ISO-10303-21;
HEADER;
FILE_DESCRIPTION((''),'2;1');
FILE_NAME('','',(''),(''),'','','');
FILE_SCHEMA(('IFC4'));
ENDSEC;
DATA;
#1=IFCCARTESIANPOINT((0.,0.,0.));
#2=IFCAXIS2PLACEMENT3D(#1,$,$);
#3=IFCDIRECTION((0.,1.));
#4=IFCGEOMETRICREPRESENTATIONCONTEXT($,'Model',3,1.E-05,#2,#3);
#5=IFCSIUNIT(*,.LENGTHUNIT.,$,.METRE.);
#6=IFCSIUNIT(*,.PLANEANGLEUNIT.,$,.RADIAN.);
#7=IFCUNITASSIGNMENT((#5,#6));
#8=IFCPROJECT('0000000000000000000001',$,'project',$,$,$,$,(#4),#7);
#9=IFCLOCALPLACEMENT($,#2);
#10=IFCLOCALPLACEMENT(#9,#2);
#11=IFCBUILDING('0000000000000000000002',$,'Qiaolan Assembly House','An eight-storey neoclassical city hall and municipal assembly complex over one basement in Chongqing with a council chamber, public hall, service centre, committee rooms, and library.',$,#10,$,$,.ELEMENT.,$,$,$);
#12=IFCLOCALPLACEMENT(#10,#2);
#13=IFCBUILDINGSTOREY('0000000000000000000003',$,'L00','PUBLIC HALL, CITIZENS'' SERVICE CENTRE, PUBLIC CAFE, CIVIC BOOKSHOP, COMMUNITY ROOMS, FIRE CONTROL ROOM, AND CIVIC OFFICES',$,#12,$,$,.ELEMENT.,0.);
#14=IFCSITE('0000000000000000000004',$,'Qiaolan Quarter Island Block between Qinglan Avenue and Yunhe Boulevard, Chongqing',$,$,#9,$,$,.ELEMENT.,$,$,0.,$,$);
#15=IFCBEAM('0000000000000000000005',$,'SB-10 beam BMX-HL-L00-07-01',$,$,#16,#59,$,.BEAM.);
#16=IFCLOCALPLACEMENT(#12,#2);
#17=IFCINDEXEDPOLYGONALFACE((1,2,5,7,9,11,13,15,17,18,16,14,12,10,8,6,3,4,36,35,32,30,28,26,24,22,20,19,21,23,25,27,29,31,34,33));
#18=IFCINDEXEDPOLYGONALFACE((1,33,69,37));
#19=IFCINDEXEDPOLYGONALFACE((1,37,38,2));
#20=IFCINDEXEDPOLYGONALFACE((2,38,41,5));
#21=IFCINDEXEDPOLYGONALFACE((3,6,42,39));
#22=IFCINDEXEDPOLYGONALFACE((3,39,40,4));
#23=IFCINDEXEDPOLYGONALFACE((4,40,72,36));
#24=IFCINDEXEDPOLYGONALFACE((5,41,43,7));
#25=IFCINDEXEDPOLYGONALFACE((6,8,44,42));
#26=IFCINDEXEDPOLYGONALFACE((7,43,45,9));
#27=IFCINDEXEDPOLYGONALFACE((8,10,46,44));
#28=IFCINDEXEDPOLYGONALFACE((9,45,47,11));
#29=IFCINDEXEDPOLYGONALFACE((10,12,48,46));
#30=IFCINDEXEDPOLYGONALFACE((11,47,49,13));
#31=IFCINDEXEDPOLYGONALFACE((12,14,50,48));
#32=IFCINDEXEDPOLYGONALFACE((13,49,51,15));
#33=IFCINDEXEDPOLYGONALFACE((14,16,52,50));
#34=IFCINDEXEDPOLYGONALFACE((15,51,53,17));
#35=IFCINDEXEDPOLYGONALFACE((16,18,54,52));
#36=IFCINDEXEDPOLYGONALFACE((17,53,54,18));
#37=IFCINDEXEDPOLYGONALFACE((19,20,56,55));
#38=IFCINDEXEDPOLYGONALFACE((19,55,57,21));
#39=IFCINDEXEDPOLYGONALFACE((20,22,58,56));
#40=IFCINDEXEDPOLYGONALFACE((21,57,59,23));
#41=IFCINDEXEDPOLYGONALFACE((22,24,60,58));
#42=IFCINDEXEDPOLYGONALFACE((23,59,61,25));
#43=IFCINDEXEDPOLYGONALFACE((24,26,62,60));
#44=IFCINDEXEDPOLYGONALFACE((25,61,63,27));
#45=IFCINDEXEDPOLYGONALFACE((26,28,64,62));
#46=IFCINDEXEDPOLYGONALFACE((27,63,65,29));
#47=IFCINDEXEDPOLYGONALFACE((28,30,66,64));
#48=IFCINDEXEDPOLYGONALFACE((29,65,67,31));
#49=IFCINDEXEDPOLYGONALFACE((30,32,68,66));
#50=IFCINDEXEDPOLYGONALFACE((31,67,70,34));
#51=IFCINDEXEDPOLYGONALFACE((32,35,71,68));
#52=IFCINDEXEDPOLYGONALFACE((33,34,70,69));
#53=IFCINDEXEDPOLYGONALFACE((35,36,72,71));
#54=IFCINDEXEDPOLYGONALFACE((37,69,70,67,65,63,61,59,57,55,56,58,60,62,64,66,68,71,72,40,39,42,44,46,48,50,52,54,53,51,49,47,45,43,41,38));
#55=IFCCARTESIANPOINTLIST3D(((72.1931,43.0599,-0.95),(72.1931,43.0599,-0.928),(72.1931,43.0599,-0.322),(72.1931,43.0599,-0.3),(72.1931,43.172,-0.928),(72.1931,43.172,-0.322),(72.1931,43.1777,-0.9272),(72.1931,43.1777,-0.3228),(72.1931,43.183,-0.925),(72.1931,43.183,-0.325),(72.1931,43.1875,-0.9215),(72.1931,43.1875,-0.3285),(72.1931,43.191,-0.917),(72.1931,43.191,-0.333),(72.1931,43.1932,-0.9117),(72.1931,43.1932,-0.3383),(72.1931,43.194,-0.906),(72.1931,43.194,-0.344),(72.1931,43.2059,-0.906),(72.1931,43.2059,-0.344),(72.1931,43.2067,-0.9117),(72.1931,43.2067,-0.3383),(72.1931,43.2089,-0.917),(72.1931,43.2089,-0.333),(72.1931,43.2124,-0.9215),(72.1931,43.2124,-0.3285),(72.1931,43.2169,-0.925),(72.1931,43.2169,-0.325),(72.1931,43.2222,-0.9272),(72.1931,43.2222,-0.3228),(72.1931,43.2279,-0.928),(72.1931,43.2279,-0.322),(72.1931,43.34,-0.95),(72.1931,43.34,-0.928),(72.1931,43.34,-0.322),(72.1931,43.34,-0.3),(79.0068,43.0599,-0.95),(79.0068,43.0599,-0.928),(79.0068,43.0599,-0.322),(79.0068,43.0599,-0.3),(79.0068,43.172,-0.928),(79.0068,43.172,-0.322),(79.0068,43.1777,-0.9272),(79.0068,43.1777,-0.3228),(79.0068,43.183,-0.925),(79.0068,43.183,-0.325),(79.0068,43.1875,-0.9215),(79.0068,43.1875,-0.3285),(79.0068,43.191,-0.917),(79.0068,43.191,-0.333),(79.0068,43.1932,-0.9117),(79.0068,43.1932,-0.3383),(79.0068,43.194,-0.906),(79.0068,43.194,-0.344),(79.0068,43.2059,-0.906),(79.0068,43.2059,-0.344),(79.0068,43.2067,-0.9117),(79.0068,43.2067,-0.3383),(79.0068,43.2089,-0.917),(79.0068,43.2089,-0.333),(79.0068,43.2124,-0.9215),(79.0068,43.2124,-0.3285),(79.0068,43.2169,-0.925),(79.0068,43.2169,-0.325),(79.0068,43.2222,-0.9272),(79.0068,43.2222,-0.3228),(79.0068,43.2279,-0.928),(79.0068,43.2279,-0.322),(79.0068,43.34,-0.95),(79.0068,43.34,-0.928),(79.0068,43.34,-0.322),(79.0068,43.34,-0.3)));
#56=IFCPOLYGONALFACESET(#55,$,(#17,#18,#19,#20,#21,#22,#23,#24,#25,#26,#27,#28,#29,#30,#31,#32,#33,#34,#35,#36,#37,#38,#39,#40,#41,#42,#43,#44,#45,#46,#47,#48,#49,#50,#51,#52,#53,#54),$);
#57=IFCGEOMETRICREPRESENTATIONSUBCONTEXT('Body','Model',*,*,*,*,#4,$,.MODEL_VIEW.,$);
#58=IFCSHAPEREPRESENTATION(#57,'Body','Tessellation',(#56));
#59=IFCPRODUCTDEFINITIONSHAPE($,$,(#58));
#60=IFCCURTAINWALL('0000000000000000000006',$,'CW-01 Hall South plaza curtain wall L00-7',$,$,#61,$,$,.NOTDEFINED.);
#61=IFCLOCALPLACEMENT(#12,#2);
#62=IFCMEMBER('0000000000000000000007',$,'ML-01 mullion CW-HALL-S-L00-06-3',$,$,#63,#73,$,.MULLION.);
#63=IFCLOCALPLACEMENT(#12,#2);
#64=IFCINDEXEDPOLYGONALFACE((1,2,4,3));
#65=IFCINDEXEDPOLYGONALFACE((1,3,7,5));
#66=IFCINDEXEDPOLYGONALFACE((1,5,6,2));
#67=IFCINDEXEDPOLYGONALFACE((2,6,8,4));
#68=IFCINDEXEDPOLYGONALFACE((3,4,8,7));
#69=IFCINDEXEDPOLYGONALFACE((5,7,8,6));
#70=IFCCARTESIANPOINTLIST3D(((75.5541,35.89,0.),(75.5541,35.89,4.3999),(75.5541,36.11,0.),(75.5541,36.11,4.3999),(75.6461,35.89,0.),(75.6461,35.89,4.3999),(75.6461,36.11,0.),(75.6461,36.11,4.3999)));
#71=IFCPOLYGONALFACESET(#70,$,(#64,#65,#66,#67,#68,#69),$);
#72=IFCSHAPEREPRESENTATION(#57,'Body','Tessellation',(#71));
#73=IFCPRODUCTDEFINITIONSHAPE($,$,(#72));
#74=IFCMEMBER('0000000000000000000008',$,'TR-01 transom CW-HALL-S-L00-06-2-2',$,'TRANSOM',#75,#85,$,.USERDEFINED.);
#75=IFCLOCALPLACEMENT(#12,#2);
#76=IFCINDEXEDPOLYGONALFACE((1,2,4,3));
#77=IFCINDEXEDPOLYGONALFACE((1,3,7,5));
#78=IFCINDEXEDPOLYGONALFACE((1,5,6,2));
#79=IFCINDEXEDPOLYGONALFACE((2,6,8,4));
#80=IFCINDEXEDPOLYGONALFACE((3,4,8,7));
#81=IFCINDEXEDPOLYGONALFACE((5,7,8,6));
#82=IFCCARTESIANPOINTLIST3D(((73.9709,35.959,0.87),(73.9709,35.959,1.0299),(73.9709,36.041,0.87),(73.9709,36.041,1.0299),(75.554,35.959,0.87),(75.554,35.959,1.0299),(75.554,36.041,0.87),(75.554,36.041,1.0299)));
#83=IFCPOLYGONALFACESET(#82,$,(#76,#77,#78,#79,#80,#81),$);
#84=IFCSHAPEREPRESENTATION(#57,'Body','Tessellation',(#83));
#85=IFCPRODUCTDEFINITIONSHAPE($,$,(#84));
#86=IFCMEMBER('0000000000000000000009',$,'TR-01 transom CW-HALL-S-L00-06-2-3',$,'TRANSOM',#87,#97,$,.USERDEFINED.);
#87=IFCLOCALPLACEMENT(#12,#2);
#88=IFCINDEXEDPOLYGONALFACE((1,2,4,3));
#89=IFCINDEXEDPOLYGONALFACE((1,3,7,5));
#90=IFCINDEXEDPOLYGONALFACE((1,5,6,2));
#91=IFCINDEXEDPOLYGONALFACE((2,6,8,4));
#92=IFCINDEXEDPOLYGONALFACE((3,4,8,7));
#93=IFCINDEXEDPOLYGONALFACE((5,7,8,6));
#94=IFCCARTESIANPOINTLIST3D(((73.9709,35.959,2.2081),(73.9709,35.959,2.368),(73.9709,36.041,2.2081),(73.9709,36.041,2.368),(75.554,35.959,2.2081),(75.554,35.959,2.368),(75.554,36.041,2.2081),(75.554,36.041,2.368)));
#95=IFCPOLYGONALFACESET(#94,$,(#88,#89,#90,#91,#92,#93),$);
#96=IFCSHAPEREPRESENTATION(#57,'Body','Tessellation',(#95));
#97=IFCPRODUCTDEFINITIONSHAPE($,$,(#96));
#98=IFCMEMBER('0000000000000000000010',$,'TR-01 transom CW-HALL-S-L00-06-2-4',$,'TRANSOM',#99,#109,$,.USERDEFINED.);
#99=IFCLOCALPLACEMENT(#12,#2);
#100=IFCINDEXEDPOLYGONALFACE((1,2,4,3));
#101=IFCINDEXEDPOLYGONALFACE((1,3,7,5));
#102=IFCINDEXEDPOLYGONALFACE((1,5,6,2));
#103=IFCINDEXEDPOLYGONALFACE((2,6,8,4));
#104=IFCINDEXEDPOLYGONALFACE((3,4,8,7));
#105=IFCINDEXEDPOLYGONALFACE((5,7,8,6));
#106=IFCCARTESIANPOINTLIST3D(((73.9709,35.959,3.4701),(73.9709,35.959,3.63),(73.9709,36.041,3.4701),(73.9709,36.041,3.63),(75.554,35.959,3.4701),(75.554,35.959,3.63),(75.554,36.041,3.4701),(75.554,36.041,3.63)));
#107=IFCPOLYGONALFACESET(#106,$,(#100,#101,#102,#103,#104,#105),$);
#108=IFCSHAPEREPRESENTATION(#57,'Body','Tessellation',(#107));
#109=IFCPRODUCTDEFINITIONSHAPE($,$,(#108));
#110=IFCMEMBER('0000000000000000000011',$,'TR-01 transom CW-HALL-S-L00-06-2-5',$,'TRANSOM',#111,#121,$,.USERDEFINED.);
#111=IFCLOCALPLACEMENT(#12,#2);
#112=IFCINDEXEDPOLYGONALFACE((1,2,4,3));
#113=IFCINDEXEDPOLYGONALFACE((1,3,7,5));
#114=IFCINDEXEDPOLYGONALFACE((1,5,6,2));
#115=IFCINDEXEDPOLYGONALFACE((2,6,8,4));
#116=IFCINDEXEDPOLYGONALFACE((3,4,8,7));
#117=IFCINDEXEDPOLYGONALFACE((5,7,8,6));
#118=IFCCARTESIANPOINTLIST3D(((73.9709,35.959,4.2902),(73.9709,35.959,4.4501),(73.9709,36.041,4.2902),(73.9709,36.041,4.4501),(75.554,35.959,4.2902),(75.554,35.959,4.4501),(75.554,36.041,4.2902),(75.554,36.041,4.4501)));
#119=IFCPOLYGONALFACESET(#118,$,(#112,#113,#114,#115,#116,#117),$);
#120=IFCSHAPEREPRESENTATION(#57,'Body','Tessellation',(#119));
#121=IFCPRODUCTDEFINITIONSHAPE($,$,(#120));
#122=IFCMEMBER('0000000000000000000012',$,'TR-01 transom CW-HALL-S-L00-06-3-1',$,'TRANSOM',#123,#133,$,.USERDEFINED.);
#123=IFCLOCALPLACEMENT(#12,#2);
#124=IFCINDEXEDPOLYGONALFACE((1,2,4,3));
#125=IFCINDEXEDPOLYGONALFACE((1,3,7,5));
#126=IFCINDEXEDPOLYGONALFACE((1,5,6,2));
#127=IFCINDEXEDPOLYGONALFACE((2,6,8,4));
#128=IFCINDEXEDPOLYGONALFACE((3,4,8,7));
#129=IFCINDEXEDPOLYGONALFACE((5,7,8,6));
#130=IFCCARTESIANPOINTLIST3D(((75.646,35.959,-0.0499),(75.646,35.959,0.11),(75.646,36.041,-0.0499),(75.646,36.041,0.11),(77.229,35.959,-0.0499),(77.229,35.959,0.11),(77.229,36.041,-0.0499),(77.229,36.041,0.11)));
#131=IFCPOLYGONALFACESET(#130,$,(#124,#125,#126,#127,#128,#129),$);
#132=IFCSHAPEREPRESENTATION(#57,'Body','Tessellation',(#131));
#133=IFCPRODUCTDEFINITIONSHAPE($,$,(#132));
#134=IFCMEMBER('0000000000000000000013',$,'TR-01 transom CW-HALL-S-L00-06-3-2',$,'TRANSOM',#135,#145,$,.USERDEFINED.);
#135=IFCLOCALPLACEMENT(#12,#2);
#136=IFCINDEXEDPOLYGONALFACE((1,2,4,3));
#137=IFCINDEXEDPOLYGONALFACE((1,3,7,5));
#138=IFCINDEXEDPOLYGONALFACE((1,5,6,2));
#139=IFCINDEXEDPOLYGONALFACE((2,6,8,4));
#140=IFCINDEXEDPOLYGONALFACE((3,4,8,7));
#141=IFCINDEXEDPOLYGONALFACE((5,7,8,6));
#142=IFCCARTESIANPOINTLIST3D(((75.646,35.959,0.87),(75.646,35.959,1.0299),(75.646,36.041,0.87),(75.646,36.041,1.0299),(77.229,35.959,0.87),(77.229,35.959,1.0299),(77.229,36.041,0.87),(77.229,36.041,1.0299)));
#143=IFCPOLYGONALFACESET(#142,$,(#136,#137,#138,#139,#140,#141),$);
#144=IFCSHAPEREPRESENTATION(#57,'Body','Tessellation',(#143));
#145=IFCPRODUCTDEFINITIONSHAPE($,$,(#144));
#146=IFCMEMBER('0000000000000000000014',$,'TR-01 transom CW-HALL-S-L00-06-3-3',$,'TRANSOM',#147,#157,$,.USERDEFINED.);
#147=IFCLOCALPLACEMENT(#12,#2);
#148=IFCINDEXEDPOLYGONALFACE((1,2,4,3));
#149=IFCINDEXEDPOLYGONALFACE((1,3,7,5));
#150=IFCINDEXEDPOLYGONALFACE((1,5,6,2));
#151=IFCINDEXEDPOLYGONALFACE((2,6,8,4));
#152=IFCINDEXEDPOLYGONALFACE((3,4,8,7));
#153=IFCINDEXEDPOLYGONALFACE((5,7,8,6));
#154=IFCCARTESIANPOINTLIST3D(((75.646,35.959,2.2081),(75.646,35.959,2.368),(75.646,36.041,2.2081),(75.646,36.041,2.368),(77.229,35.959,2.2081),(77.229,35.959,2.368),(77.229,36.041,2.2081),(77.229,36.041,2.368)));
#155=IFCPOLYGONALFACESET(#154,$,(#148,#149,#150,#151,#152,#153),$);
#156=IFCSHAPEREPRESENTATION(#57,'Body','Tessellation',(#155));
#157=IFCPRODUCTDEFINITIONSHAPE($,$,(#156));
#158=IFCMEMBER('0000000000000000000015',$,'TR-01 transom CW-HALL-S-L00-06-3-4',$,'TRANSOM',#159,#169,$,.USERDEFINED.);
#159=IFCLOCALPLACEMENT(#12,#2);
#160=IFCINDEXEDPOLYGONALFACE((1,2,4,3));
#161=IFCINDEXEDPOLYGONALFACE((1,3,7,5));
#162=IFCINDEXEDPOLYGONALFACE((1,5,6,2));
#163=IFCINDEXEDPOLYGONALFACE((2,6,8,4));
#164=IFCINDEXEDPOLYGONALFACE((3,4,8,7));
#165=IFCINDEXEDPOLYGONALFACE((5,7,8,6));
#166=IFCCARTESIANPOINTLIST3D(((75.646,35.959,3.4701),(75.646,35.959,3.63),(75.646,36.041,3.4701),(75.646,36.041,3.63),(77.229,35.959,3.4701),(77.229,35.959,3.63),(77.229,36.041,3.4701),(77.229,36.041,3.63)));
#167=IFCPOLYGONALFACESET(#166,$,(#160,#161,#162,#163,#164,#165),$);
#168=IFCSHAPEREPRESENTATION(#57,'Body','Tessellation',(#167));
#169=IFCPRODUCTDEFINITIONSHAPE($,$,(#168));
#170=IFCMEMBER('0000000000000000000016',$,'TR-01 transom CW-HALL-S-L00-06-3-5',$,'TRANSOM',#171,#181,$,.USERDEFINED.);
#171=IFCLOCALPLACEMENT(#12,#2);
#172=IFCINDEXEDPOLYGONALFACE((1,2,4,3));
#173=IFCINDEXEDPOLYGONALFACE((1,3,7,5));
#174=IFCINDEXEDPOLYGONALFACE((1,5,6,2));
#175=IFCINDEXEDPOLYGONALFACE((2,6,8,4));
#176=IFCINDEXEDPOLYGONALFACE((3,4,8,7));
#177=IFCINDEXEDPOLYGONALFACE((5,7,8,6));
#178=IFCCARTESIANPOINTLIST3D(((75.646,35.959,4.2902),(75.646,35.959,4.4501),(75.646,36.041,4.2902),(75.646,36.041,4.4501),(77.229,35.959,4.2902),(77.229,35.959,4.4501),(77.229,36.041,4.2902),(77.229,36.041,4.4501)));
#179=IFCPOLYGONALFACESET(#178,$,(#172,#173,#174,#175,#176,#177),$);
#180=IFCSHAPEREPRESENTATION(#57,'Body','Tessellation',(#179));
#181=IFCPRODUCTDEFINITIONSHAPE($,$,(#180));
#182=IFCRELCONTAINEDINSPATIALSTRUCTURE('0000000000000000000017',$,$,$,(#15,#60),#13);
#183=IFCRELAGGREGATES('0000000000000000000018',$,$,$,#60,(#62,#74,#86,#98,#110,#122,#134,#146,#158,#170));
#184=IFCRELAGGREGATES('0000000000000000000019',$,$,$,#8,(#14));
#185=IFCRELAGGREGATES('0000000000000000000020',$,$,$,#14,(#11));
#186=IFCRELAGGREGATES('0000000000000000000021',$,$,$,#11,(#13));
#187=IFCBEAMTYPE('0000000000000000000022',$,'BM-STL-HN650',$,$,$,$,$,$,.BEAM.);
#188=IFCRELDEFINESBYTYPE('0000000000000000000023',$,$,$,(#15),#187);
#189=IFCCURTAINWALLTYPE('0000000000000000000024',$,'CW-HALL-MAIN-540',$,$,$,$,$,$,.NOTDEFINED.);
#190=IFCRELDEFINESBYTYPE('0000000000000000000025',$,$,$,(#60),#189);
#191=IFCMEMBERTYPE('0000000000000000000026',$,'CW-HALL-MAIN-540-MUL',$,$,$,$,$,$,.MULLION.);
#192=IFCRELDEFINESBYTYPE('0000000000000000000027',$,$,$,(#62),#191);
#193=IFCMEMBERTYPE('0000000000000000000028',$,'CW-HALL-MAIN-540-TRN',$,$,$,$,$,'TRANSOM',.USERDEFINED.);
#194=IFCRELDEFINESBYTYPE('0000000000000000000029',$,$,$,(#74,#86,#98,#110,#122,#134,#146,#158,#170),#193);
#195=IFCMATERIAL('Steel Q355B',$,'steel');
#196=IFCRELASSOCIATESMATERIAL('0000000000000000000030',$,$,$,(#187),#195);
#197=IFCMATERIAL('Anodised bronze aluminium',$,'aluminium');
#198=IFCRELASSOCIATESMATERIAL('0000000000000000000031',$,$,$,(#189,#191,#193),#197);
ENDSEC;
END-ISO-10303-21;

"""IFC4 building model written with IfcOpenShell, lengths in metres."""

from ifc_helpers import new_model, si_unit, direction, frame, origin, origin_2d, place, context, subcontext, project, spatial, rectangle, i_section, extrude, material, material_profile, profile_set, type_object, element, aggregate, save


model = new_model("IFC4")

# Units and contexts
model_context = context("Model", 3, precision=1e-05, world=origin(), true_north=direction((0.0, 1.0)))
body_context = subcontext(model_context, "Body", "Model", "MODEL_VIEW")
ifc_project = project(units=[si_unit("LENGTHUNIT", "METRE"), si_unit("PLANEANGLEUNIT", "RADIAN")], contexts=[model_context])

# Site, building, storey
site_placement = place(None, origin())
site = spatial("IfcSite", under=ifc_project, at=site_placement, Name="Qiaolan Quarter Island Block between Qinglan Avenue and Yunhe Boulevard, Chongqing", CompositionType="ELEMENT", RefElevation=0.0)
building_placement = place(site_placement, origin())
building = spatial("IfcBuilding", under=site, at=building_placement, Name="Qiaolan Assembly House", Description="An eight-storey neoclassical city hall and municipal assembly complex over one basement in Chongqing with a council chamber, public hall, service centre, committee rooms, and library.", CompositionType="ELEMENT")
storey_placement = place(building_placement, origin())
storey = spatial("IfcBuildingStorey", under=building, at=storey_placement, Name="L00", Description="PUBLIC HALL, CITIZENS' SERVICE CENTRE, PUBLIC CAFE, CIVIC BOOKSHOP, COMMUNITY ROOMS, FIRE CONTROL ROOM, AND CIVIC OFFICES", CompositionType="ELEMENT", Elevation=0.0)

# Shared definitions
ifc_material_1 = material(Name="Steel Q355B", Category="steel")

# Beam
ifc_material_profile_1 = material_profile(ifc_material_1, i_section(OverallWidth=0.28, OverallDepth=0.6499, WebThickness=0.012, FlangeThickness=0.022, FilletRadius=0.022, at=origin_2d()), Name="HN 650x280x12x22")
ifc_profile_set_1 = profile_set([ifc_material_profile_1], Name="Steel Q355B")
beam_type_1 = type_object("IfcBeamType", Name="BM-STL-HN650", PredefinedType="BEAM", material=ifc_profile_set_1)
beam_1_placement = place(storey_placement, frame((72.1931, 43.2, -0.625), z_axis=(1.0, 0.0, 0.0), x_axis=(0.0, 1.0, 0.0)))
element("IfcBeam", 1, at=beam_1_placement, inside=storey, type_object=beam_type_1, Name="SB-10 beam BMX-HL-L00-07-01", PredefinedType="BEAM", context=body_context, shape_type="SweptSolid", body=[
    extrude(i_section(OverallWidth=0.28, OverallDepth=0.6499, WebThickness=0.012, FlangeThickness=0.022, FilletRadius=0.022, at=origin_2d()), origin(), (0.0, 0.0, 1.0), 6.8137),
])

# Curtain wall, members
ifc_material_2 = material(Name="Anodised bronze aluminium", Category="aluminium")
curtain_wall_type = type_object("IfcCurtainWallType", Name="CW-HALL-MAIN-540", PredefinedType="NOTDEFINED", material=ifc_material_2)
curtain_wall_placement = place(storey_placement, origin())
curtain_wall = element("IfcCurtainWall", 2, at=curtain_wall_placement, inside=storey, type_object=curtain_wall_type, Name="CW-01 Hall South plaza curtain wall L00-7", PredefinedType="NOTDEFINED")
ifc_material_profile_2 = material_profile(ifc_material_2, rectangle(XDim=0.092, YDim=0.22, at=origin_2d()), Name="MUL 92x220")
ifc_profile_set_2 = profile_set([ifc_material_profile_2], Name="Anodised bronze aluminium")
member_type_1 = type_object("IfcMemberType", Name="CW-HALL-MAIN-540-MUL", PredefinedType="MULLION", material=ifc_profile_set_2)
member_1_placement = place(storey_placement, frame((75.6001, 36.0, 0.0), z_axis=(0.0, 0.0, 1.0), x_axis=(1.0, 0.0, 0.0)))
member_1 = element("IfcMember", 3, at=member_1_placement, type_object=member_type_1, Name="ML-01 mullion CW-HALL-S-L00-06-3", PredefinedType="MULLION", context=body_context, shape_type="SweptSolid", body=[
    extrude(rectangle(XDim=0.092, YDim=0.22, at=origin_2d()), origin(), (0.0, 0.0, 1.0), 4.3999),
])
ifc_material_profile_3 = material_profile(ifc_material_2, rectangle(XDim=0.082, YDim=0.1599, at=origin_2d()), Name="TRN 82x160")
ifc_profile_set_3 = profile_set([ifc_material_profile_3], Name="Anodised bronze aluminium")
member_type_2 = type_object("IfcMemberType", Name="CW-HALL-MAIN-540-TRN", ElementType="TRANSOM", PredefinedType="USERDEFINED", material=ifc_profile_set_3)
member_2_placement = place(storey_placement, frame((73.9709, 36.0, 0.95), z_axis=(1.0, 0.0, 0.0), x_axis=(0.0, 1.0, 0.0)))
member_2 = element("IfcMember", 4, at=member_2_placement, type_object=member_type_2, Name="TR-01 transom CW-HALL-S-L00-06-2-2", ObjectType="TRANSOM", PredefinedType="USERDEFINED", context=body_context, shape_type="SweptSolid", body=[
    extrude(rectangle(XDim=0.082, YDim=0.1599, at=origin_2d()), origin(), (0.0, 0.0, 1.0), 1.583),
])
member_3_placement = place(storey_placement, frame((73.9709, 36.0, 2.2881), z_axis=(1.0, 0.0, 0.0), x_axis=(0.0, 1.0, 0.0)))
member_3 = element("IfcMember", 5, at=member_3_placement, type_object=member_type_2, Name="TR-01 transom CW-HALL-S-L00-06-2-3", ObjectType="TRANSOM", PredefinedType="USERDEFINED", context=body_context, shape_type="SweptSolid", body=[
    extrude(rectangle(XDim=0.082, YDim=0.1599, at=origin_2d()), origin(), (0.0, 0.0, 1.0), 1.583),
])
member_4_placement = place(storey_placement, frame((73.9709, 36.0, 3.55), z_axis=(1.0, 0.0, 0.0), x_axis=(0.0, 1.0, 0.0)))
member_4 = element("IfcMember", 6, at=member_4_placement, type_object=member_type_2, Name="TR-01 transom CW-HALL-S-L00-06-2-4", ObjectType="TRANSOM", PredefinedType="USERDEFINED", context=body_context, shape_type="SweptSolid", body=[
    extrude(rectangle(XDim=0.082, YDim=0.1599, at=origin_2d()), origin(), (0.0, 0.0, 1.0), 1.583),
])
member_5_placement = place(storey_placement, frame((73.9709, 36.0, 4.3701), z_axis=(1.0, 0.0, 0.0), x_axis=(0.0, 1.0, 0.0)))
member_5 = element("IfcMember", 7, at=member_5_placement, type_object=member_type_2, Name="TR-01 transom CW-HALL-S-L00-06-2-5", ObjectType="TRANSOM", PredefinedType="USERDEFINED", context=body_context, shape_type="SweptSolid", body=[
    extrude(rectangle(XDim=0.082, YDim=0.1599, at=origin_2d()), origin(), (0.0, 0.0, 1.0), 1.583),
])
member_6_placement = place(storey_placement, frame((75.646, 36.0, 0.03), z_axis=(1.0, 0.0, 0.0), x_axis=(0.0, 1.0, 0.0)))
member_6 = element("IfcMember", 8, at=member_6_placement, type_object=member_type_2, Name="TR-01 transom CW-HALL-S-L00-06-3-1", ObjectType="TRANSOM", PredefinedType="USERDEFINED", context=body_context, shape_type="SweptSolid", body=[
    extrude(rectangle(XDim=0.082, YDim=0.1599, at=origin_2d()), origin(), (0.0, 0.0, 1.0), 1.583),
])
member_7_placement = place(storey_placement, frame((75.646, 36.0, 0.95), z_axis=(1.0, 0.0, 0.0), x_axis=(0.0, 1.0, 0.0)))
member_7 = element("IfcMember", 9, at=member_7_placement, type_object=member_type_2, Name="TR-01 transom CW-HALL-S-L00-06-3-2", ObjectType="TRANSOM", PredefinedType="USERDEFINED", context=body_context, shape_type="SweptSolid", body=[
    extrude(rectangle(XDim=0.082, YDim=0.1599, at=origin_2d()), origin(), (0.0, 0.0, 1.0), 1.583),
])
member_8_placement = place(storey_placement, frame((75.646, 36.0, 2.2881), z_axis=(1.0, 0.0, 0.0), x_axis=(0.0, 1.0, 0.0)))
member_8 = element("IfcMember", 10, at=member_8_placement, type_object=member_type_2, Name="TR-01 transom CW-HALL-S-L00-06-3-3", ObjectType="TRANSOM", PredefinedType="USERDEFINED", context=body_context, shape_type="SweptSolid", body=[
    extrude(rectangle(XDim=0.082, YDim=0.1599, at=origin_2d()), origin(), (0.0, 0.0, 1.0), 1.583),
])
member_9_placement = place(storey_placement, frame((75.646, 36.0, 3.55), z_axis=(1.0, 0.0, 0.0), x_axis=(0.0, 1.0, 0.0)))
member_9 = element("IfcMember", 11, at=member_9_placement, type_object=member_type_2, Name="TR-01 transom CW-HALL-S-L00-06-3-4", ObjectType="TRANSOM", PredefinedType="USERDEFINED", context=body_context, shape_type="SweptSolid", body=[
    extrude(rectangle(XDim=0.082, YDim=0.1599, at=origin_2d()), origin(), (0.0, 0.0, 1.0), 1.583),
])
member_10_placement = place(storey_placement, frame((75.646, 36.0, 4.3701), z_axis=(1.0, 0.0, 0.0), x_axis=(0.0, 1.0, 0.0)))
member_10 = element("IfcMember", 12, at=member_10_placement, type_object=member_type_2, Name="TR-01 transom CW-HALL-S-L00-06-3-5", ObjectType="TRANSOM", PredefinedType="USERDEFINED", context=body_context, shape_type="SweptSolid", body=[
    extrude(rectangle(XDim=0.082, YDim=0.1599, at=origin_2d()), origin(), (0.0, 0.0, 1.0), 1.583),
])

aggregate(curtain_wall, [member_1, member_2, member_3, member_4, member_5, member_6, member_7, member_8, member_9, member_10])

save(model, "model.ifc")
